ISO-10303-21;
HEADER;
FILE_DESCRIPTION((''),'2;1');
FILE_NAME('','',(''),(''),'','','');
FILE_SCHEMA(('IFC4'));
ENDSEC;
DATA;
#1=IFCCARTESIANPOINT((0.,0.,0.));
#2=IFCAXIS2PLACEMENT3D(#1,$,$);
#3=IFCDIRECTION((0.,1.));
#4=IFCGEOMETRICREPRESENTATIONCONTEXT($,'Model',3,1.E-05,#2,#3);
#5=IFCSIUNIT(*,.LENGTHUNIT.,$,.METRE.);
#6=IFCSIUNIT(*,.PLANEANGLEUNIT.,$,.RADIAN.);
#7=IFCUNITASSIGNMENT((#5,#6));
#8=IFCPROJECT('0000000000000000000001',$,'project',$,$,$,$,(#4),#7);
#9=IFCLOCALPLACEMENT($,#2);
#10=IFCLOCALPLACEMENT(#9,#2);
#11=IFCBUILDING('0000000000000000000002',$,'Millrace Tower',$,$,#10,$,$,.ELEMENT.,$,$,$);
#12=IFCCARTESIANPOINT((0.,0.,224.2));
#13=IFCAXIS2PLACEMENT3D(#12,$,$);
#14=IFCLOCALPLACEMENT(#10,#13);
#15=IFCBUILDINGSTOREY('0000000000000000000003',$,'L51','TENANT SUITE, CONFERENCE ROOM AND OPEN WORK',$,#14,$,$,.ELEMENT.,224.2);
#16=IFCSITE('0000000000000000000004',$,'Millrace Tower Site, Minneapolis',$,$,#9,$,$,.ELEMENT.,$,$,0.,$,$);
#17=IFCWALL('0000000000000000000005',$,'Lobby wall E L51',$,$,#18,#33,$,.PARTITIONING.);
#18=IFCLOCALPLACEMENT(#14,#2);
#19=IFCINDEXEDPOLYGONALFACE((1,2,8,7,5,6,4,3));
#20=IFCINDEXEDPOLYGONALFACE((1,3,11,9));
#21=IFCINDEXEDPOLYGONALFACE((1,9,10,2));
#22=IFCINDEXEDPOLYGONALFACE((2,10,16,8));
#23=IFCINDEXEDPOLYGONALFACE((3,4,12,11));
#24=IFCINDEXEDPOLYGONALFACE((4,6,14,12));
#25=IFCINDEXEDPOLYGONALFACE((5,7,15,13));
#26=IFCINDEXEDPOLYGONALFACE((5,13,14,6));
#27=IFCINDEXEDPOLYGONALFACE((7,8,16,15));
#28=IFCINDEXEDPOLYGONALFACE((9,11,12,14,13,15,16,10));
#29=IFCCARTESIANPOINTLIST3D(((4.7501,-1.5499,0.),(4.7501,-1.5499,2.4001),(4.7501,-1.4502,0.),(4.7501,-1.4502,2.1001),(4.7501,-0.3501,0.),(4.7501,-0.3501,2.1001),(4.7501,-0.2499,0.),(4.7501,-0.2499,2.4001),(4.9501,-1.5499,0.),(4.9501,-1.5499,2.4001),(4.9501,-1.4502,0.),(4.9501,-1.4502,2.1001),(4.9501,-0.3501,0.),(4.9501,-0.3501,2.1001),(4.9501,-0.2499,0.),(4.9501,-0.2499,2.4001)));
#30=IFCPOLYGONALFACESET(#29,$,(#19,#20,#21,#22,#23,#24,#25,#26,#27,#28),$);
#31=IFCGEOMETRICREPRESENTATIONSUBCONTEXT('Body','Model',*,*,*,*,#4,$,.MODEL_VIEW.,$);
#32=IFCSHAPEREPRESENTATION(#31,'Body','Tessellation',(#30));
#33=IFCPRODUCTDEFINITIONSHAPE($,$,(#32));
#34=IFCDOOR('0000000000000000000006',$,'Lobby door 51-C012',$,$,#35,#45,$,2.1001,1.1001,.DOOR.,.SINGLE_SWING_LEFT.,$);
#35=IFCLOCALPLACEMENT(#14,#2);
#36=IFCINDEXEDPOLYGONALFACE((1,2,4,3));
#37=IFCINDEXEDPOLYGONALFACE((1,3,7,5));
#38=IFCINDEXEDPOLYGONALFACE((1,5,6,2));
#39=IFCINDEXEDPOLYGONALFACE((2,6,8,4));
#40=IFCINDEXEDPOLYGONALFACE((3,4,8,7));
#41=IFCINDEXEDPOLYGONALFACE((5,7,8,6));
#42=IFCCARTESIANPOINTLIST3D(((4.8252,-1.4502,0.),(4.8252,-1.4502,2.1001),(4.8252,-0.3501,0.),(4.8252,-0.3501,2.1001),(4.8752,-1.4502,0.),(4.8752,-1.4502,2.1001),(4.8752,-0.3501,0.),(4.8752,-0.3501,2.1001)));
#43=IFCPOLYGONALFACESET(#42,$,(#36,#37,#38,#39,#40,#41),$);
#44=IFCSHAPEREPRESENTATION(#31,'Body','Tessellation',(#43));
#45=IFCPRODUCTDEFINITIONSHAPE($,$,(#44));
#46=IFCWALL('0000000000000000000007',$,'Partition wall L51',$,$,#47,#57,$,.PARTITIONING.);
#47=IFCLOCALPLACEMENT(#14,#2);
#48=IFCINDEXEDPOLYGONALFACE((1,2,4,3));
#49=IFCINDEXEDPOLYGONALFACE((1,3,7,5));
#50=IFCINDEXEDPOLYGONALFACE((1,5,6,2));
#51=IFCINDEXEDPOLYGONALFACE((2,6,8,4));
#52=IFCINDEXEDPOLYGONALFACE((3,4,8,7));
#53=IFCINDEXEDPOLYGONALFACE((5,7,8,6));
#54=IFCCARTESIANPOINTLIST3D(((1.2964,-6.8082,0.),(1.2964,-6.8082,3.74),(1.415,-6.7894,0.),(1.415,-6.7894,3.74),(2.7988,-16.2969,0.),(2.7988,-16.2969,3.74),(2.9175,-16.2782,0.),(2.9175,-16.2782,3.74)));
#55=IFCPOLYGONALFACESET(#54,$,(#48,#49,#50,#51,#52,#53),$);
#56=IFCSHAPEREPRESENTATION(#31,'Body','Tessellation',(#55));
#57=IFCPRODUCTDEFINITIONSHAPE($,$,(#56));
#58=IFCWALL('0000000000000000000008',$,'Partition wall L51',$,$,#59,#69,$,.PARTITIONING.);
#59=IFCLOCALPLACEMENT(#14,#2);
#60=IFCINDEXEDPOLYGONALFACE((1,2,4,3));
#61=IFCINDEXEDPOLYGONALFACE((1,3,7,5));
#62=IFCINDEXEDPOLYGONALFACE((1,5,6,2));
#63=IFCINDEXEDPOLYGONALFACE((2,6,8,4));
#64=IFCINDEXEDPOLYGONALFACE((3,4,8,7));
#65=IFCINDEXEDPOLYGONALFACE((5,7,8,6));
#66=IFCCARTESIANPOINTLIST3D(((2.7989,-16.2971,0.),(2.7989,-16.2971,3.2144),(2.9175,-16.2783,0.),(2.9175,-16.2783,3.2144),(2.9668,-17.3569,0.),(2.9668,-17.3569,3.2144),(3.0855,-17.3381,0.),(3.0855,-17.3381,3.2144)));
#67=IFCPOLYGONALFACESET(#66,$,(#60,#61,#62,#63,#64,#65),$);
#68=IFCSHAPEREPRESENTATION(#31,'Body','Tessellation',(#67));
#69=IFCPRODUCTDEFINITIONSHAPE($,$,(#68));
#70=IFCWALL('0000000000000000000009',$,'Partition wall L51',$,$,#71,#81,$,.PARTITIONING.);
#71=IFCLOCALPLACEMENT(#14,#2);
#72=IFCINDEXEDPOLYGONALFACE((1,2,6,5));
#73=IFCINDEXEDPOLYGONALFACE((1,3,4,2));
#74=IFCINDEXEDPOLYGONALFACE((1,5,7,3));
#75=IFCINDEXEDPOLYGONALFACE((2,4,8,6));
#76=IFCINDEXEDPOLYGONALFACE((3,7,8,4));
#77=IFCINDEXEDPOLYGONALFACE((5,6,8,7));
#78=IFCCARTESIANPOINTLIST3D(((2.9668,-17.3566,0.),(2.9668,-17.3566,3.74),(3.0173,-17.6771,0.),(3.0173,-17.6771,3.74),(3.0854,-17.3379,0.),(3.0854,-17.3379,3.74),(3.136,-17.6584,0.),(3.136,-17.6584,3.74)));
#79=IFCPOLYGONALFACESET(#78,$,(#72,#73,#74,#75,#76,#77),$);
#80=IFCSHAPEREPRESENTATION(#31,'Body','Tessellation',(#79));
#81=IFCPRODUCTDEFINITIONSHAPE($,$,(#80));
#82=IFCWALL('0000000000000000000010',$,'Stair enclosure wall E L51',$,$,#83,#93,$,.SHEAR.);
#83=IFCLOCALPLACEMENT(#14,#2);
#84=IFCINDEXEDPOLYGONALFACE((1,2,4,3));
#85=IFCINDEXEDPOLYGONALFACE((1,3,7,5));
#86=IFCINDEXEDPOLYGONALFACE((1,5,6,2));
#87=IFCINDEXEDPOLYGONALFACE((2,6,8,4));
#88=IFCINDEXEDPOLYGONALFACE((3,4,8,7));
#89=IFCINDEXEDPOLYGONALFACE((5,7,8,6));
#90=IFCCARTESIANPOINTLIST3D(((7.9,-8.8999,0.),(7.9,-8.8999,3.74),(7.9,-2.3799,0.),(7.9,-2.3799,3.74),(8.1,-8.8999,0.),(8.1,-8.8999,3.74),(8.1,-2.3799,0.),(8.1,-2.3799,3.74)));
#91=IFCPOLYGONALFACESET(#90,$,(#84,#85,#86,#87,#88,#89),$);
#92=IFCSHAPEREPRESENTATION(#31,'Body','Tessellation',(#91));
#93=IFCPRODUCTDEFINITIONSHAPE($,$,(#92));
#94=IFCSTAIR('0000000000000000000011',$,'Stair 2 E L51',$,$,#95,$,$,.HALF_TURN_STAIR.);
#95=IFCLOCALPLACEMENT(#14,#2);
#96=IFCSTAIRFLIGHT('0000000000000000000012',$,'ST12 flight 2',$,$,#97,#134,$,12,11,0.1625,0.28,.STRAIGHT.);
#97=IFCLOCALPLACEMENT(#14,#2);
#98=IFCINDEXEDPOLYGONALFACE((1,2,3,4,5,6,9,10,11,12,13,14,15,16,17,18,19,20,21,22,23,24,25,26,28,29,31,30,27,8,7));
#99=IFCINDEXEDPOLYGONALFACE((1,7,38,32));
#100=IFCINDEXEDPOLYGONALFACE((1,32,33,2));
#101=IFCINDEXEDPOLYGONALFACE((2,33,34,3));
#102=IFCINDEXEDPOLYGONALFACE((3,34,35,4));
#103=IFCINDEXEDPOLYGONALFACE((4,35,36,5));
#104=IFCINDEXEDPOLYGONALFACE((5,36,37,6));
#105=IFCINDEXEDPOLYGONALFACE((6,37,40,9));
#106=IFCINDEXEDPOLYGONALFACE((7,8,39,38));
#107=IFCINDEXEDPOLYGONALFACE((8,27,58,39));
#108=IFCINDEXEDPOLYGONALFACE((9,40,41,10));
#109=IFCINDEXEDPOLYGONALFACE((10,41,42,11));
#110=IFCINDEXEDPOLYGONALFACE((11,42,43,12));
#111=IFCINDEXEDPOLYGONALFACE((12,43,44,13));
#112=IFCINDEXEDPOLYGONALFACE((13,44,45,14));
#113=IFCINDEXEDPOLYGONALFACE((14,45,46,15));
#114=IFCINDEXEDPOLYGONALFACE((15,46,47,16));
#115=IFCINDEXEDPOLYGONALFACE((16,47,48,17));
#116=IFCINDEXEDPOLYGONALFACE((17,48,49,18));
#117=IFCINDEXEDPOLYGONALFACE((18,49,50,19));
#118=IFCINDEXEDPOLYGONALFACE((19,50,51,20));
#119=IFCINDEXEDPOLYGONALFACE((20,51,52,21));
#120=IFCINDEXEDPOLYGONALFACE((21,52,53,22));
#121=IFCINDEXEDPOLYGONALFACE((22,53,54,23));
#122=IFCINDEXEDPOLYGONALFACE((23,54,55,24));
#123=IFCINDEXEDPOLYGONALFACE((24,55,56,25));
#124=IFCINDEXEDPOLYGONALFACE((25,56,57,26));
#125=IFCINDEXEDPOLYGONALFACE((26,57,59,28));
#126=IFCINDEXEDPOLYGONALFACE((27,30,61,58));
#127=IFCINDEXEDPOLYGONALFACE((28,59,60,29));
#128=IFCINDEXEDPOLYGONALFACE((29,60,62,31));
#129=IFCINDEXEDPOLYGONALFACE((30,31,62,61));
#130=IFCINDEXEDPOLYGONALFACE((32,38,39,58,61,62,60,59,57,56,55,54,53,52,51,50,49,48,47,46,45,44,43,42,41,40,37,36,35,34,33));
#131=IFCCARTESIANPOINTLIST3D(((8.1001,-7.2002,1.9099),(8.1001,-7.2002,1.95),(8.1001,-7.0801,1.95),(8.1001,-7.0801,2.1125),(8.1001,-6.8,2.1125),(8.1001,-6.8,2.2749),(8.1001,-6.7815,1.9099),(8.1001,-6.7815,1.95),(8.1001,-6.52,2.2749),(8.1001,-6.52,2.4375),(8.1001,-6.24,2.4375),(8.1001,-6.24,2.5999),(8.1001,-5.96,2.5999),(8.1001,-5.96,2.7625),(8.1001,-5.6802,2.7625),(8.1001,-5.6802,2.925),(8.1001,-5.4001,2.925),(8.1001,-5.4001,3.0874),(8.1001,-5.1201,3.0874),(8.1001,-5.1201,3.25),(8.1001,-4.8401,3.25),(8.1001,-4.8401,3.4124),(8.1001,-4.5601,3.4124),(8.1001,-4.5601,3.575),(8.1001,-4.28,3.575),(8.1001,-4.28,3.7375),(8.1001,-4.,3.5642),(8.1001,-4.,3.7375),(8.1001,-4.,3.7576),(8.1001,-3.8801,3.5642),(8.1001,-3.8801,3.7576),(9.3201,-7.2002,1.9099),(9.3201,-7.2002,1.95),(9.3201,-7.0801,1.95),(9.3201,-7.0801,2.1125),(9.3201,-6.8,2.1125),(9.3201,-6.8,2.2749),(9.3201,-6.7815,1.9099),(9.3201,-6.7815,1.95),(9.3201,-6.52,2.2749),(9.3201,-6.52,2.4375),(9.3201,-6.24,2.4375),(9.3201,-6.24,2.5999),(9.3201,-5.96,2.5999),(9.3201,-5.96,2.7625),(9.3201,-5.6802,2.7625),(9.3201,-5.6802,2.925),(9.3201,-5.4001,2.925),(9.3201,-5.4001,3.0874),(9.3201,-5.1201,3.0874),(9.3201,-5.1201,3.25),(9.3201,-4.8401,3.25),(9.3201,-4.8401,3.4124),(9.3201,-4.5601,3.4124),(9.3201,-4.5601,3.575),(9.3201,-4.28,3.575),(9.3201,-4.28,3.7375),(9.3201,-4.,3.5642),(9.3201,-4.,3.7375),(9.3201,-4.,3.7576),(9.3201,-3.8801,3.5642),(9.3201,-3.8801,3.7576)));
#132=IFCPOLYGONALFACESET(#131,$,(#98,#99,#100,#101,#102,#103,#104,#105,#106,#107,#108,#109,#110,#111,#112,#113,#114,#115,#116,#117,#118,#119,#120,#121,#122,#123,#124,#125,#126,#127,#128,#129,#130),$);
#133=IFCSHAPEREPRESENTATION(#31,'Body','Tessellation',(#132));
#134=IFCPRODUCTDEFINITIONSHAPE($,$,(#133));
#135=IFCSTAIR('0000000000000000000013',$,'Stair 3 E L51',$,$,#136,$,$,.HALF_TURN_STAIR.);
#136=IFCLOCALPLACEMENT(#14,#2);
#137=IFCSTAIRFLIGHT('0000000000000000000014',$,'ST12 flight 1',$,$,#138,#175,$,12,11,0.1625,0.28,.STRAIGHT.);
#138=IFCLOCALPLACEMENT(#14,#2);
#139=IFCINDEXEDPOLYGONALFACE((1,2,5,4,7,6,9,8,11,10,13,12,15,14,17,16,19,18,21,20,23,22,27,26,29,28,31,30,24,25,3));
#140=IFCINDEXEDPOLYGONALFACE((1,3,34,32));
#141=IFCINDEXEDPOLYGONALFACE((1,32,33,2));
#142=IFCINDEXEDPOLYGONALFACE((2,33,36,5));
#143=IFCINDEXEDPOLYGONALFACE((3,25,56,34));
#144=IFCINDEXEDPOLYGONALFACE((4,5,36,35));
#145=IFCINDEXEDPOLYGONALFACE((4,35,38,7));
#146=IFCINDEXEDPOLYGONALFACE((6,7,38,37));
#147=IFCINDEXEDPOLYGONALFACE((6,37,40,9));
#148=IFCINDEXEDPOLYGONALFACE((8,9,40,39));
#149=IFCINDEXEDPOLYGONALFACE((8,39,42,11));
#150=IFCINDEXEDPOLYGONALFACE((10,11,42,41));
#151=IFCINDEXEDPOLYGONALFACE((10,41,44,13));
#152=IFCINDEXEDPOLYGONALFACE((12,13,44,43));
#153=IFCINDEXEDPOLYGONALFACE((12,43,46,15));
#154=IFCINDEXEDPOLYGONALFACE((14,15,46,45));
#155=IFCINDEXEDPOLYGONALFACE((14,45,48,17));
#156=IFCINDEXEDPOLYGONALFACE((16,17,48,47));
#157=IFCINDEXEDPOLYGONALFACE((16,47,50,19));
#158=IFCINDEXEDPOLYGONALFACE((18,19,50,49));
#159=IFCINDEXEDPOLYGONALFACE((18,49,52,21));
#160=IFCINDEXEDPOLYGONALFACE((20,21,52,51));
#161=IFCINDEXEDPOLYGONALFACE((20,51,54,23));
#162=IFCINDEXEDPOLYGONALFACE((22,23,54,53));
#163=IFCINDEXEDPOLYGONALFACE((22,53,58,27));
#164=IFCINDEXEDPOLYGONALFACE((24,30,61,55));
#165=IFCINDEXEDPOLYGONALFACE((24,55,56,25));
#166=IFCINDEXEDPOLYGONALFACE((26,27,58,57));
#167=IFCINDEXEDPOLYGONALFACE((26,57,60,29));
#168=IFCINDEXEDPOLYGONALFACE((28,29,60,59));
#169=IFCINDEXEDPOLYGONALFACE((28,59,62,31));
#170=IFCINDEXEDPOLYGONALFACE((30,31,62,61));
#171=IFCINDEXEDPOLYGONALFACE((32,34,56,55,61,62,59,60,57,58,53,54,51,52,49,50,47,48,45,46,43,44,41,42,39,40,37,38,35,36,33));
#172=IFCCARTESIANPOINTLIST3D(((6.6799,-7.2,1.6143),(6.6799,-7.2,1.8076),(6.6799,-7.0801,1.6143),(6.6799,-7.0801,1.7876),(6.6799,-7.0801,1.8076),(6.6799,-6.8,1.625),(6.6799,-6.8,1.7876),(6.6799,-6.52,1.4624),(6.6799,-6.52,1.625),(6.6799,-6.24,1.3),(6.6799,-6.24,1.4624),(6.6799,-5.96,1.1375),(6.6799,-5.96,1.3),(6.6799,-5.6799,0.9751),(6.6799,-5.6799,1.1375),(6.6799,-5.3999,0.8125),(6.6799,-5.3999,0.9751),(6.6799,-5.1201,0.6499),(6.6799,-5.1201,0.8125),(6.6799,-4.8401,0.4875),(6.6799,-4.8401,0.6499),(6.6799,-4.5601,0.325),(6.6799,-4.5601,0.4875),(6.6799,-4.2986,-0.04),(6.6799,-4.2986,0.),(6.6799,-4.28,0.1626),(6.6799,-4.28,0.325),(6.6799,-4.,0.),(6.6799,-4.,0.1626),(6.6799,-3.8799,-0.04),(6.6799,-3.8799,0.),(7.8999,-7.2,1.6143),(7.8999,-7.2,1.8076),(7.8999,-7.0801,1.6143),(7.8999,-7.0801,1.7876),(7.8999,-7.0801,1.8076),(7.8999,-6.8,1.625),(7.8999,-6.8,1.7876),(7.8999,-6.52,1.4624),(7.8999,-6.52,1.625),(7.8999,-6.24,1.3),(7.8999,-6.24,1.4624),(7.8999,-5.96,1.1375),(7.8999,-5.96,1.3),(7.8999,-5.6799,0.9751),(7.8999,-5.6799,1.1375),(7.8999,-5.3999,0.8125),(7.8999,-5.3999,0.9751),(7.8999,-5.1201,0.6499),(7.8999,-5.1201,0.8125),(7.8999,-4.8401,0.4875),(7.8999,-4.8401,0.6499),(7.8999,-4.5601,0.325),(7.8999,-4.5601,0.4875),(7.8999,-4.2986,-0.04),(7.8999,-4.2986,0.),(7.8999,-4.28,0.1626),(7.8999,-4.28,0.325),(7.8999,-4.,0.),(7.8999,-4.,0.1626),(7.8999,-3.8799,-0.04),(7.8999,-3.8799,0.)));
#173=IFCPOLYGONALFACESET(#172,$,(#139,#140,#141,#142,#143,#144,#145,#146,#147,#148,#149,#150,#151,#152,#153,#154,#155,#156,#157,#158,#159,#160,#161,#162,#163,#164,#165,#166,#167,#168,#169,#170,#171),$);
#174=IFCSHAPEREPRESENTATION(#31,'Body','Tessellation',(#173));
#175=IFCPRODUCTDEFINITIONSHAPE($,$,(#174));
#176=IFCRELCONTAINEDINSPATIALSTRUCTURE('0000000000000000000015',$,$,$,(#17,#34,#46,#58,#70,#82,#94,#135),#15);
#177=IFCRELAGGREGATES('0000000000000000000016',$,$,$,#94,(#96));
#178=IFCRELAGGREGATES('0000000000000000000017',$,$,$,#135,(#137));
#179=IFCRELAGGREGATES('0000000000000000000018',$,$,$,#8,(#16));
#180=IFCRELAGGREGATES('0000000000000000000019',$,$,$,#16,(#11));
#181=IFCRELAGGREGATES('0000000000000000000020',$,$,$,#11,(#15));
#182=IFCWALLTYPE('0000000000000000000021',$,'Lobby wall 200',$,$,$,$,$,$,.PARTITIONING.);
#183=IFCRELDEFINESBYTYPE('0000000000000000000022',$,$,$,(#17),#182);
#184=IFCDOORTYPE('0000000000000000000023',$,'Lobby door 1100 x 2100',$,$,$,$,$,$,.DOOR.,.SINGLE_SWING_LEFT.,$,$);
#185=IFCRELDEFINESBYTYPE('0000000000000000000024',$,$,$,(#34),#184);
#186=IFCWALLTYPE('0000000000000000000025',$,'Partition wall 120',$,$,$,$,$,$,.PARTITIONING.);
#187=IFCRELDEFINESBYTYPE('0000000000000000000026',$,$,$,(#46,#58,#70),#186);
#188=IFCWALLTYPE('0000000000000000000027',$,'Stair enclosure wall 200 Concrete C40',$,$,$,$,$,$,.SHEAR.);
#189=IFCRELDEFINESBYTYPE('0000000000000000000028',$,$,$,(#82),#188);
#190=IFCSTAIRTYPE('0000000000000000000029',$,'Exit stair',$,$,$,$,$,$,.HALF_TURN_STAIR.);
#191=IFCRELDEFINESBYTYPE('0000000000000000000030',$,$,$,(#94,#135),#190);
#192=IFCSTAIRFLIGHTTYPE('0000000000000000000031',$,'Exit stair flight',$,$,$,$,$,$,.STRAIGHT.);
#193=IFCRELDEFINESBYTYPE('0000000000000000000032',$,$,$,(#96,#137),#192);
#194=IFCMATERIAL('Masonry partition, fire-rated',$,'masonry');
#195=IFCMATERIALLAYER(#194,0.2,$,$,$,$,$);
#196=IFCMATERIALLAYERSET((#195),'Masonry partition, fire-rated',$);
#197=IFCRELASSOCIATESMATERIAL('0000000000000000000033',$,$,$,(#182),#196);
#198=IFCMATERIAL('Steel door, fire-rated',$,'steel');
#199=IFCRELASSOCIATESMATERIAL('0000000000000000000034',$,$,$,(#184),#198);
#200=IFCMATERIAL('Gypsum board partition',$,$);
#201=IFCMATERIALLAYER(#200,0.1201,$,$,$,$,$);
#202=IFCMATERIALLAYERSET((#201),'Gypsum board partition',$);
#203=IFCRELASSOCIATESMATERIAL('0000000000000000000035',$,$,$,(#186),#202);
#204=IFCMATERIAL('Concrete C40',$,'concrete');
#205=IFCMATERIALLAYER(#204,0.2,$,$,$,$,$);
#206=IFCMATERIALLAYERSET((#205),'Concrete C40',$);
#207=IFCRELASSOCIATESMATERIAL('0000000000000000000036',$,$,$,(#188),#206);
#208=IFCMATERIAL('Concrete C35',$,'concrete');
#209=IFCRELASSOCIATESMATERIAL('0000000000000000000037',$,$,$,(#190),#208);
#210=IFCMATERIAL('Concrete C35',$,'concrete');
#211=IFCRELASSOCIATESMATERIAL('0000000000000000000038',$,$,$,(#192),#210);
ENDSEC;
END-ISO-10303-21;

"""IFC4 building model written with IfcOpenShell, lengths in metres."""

from ifc_helpers import new_model, si_unit, direction, frame, frame_2d, origin, place, context, subcontext, project, spatial, polyline, rectangle, outline, extrude, material, layer, layer_set, type_object, element, fill, aggregate, save


model = new_model("IFC4")

# Units and contexts
model_context = context("Model", 3, precision=1e-05, world=origin(), true_north=direction((0.0, 1.0)))
body_context = subcontext(model_context, "Body", "Model", "MODEL_VIEW")
ifc_project = project(units=[si_unit("LENGTHUNIT", "METRE"), si_unit("PLANEANGLEUNIT", "RADIAN")], contexts=[model_context])

# Site, building, storey
site_placement = place(None, origin())
site = spatial("IfcSite", under=ifc_project, at=site_placement, Name="Millrace Tower Site, Minneapolis", CompositionType="ELEMENT", RefElevation=0.0)
building_placement = place(site_placement, origin())
building = spatial("IfcBuilding", under=site, at=building_placement, Name="Millrace Tower", CompositionType="ELEMENT")
storey_placement = place(building_placement, frame((0.0, 0.0, 224.2)))
storey = spatial("IfcBuildingStorey", under=building, at=storey_placement, Name="L51", Description="TENANT SUITE, CONFERENCE ROOM AND OPEN WORK", CompositionType="ELEMENT", Elevation=224.2)

# Shared definitions
placement = place(storey_placement, origin())

# Wall, opening, door
ifc_material_1 = material(Name="Masonry partition, fire-rated", Category="masonry")
ifc_layer_1 = layer(ifc_material_1, 0.2)
ifc_layer_set_1 = layer_set([ifc_layer_1], Name="Masonry partition, fire-rated")
wall_type_1 = type_object("IfcWallType", Name="Lobby wall 200", PredefinedType="PARTITIONING", material=ifc_layer_set_1)
wall_1_placement = place(storey_placement, frame((4.8501, -0.25, 0.0), z_axis=(0.0, 0.0, 1.0), x_axis=(0.0, -1.0, 0.0)))
wall_1 = element("IfcWall", 1, at=wall_1_placement, inside=storey, type_object=wall_type_1, Name="Lobby wall E L51", PredefinedType="PARTITIONING", context=body_context, shape_type="SweptSolid", body=[
    extrude(rectangle(XDim=1.3, YDim=0.2, at=frame_2d((0.6499, 0.0))), origin(), (0.0, 0.0, 1.0), 2.4001),
])
opening_placement = place(wall_1_placement, frame((0.1001, 0.0, 0.0)))
opening = element("IfcOpeningElement", 2, at=opening_placement, cuts=wall_1, PredefinedType="OPENING", context=body_context, shape_type="SweptSolid", body=[
    extrude(rectangle(XDim=1.1001, YDim=2.1001, at=frame_2d((0.55, 1.05))), frame((0.0, 0.1099, 0.0), z_axis=(0.0, -1.0, 0.0), x_axis=(1.0, 0.0, 0.0)), (0.0, 0.0, 1.0), 0.22),
])
ifc_material_2 = material(Name="Steel door, fire-rated", Category="steel")
door_type = type_object("IfcDoorType", Name="Lobby door 1100 x 2100", OperationType="SINGLE_SWING_LEFT", PredefinedType="DOOR", material=ifc_material_2)
door_placement = place(opening_placement, frame((1.1001, 0.0, 0.0), z_axis=(0.0, 0.0, 1.0), x_axis=(-1.0, 0.0, 0.0)))
door = element("IfcDoor", 3, at=door_placement, inside=storey, type_object=door_type, Name="Lobby door 51-C012", OperationType="SINGLE_SWING_LEFT", OverallHeight=2.1001, OverallWidth=1.1001, PredefinedType="DOOR", context=body_context, shape_type="SweptSolid", body=[
    extrude(rectangle(XDim=1.1001, YDim=2.1001, at=frame_2d((0.55, 1.05))), frame((0.0, 0.0249, 0.0), z_axis=(0.0, -1.0, 0.0), x_axis=(1.0, 0.0, 0.0)), (0.0, 0.0, 1.0), 0.05),
])
fill(opening, door)

# Walls
ifc_material_3 = material(Name="Gypsum board partition")
ifc_layer_2 = layer(ifc_material_3, 0.1201)
ifc_layer_set_2 = layer_set([ifc_layer_2], Name="Gypsum board partition")
wall_type_2 = type_object("IfcWallType", Name="Partition wall 120", PredefinedType="PARTITIONING", material=ifc_layer_set_2)
wall_2_placement = place(storey_placement, frame((1.3557, -6.7988, 0.0), z_axis=(0.0, 0.0, 1.0), x_axis=(0.156391, -0.987695, 0.0)))
element("IfcWall", 4, at=wall_2_placement, inside=storey, type_object=wall_type_2, Name="Partition wall L51", PredefinedType="PARTITIONING", context=body_context, shape_type="SweptSolid", body=[
    extrude(rectangle(XDim=9.6069, YDim=0.1201, at=frame_2d((4.8035, 0.0))), origin(), (0.0, 0.0, 1.0), 3.74),
])
wall_3_placement = place(storey_placement, frame((2.8582, -16.2876, 0.0), z_axis=(0.0, 0.0, 1.0), x_axis=(0.156535, -0.987672, 0.0)))
element("IfcWall", 5, at=wall_3_placement, inside=storey, type_object=wall_type_2, Name="Partition wall L51", PredefinedType="PARTITIONING", context=body_context, shape_type="SweptSolid", body=[
    extrude(rectangle(XDim=1.073, YDim=0.1201, at=frame_2d((0.5366, 0.0))), origin(), (0.0, 0.0, 1.0), 3.2144),
])
wall_4_placement = place(storey_placement, frame((3.0261, -17.3474, 0.0), z_axis=(0.0, 0.0, 1.0), x_axis=(0.155731, -0.9878, 0.0)))
element("IfcWall", 6, at=wall_4_placement, inside=storey, type_object=wall_type_2, Name="Partition wall L51", PredefinedType="PARTITIONING", context=body_context, shape_type="SweptSolid", body=[
    extrude(rectangle(XDim=0.3245, YDim=0.1201, at=frame_2d((0.1621, 0.0))), origin(), (0.0, 0.0, 1.0), 3.74),
])
ifc_material_4 = material(Name="Concrete C40", Category="concrete")
ifc_layer_3 = layer(ifc_material_4, 0.2)
ifc_layer_set_3 = layer_set([ifc_layer_3], Name="Concrete C40")
wall_type_3 = type_object("IfcWallType", Name="Stair enclosure wall 200 Concrete C40", PredefinedType="SHEAR", material=ifc_layer_set_3)
wall_5_placement = place(storey_placement, frame((8.0, -2.3799, 0.0), z_axis=(0.0, 0.0, 1.0), x_axis=(0.0, -1.0, 0.0)))
element("IfcWall", 7, at=wall_5_placement, inside=storey, type_object=wall_type_3, Name="Stair enclosure wall E L51", PredefinedType="SHEAR", context=body_context, shape_type="SweptSolid", body=[
    extrude(rectangle(XDim=6.52, YDim=0.2, at=frame_2d((3.26, 0.0))), origin(), (0.0, 0.0, 1.0), 3.74),
])

# Stair, stair flight
ifc_material_5 = material(Name="Concrete C35", Category="concrete")
stair_type = type_object("IfcStairType", Name="Exit stair", PredefinedType="HALF_TURN_STAIR", material=ifc_material_5)
stair_1 = element("IfcStair", 8, at=placement, inside=storey, type_object=stair_type, Name="Stair 2 E L51", PredefinedType="HALF_TURN_STAIR")
ifc_material_6 = material(Name="Concrete C35", Category="concrete")
stair_flight_type = type_object("IfcStairFlightType", Name="Exit stair flight", PredefinedType="STRAIGHT", material=ifc_material_6)
stair_flight_1_placement = place(storey_placement, frame((8.71, -7.0801, 1.95), z_axis=(0.0, 0.0, 1.0), x_axis=(0.0, 1.0, 0.0)))
stair_flight_1 = element("IfcStairFlight", 9, at=stair_flight_1_placement, type_object=stair_flight_type, Name="ST12 flight 2", NumberOfRisers=12, NumberOfTreads=11, PredefinedType="STRAIGHT", RiserHeight=0.1625, TreadLength=0.28, context=body_context, shape_type="SweptSolid", body=[
    extrude(outline(polyline([(-0.1201, -0.04), (-0.1201, 0.0), (0.0, 0.0), (0.0, 0.1626), (0.28, 0.1626), (0.28, 0.325), (0.5601, 0.325), (0.5601, 0.4875), (0.8401, 0.4875), (0.8401, 0.6499), (1.1201, 0.6499), (1.1201, 0.8125), (1.3999, 0.8125), (1.3999, 0.9751), (1.6799, 0.9751), (1.6799, 1.1375), (1.96, 1.1375), (1.96, 1.3), (2.24, 1.3), (2.24, 1.4624), (2.52, 1.4624), (2.52, 1.625), (2.8, 1.625), (2.8, 1.7876), (3.0801, 1.7876), (3.0801, 1.8076), (3.2, 1.8076), (3.2, 1.6143), (3.0801, 1.6143), (0.2986, 0.0), (0.2986, -0.04), (-0.1201, -0.04)])), frame((0.0, 0.6099, 0.0), z_axis=(0.0, -1.0, 0.0), x_axis=(1.0, 0.0, 0.0)), (0.0, 0.0, 1.0), 1.22),
])
aggregate(stair_1, [stair_flight_1])

# Stair, stair flight
stair_2 = element("IfcStair", 10, at=placement, inside=storey, type_object=stair_type, Name="Stair 3 E L51", PredefinedType="HALF_TURN_STAIR")
stair_flight_2_placement = place(storey_placement, frame((7.29, -4.0, 0.0), z_axis=(0.0, 0.0, 1.0), x_axis=(0.0, -1.0, 0.0)))
stair_flight_2 = element("IfcStairFlight", 11, at=stair_flight_2_placement, type_object=stair_flight_type, Name="ST12 flight 1", NumberOfRisers=12, NumberOfTreads=11, PredefinedType="STRAIGHT", RiserHeight=0.1625, TreadLength=0.28, context=body_context, shape_type="SweptSolid", body=[
    extrude(outline(polyline([(-0.1201, -0.04), (-0.1201, 0.0), (0.0, 0.0), (0.0, 0.1626), (0.28, 0.1626), (0.28, 0.325), (0.5601, 0.325), (0.5601, 0.4875), (0.8401, 0.4875), (0.8401, 0.6499), (1.1201, 0.6499), (1.1201, 0.8125), (1.3999, 0.8125), (1.3999, 0.9751), (1.6799, 0.9751), (1.6799, 1.1375), (1.96, 1.1375), (1.96, 1.3), (2.24, 1.3), (2.24, 1.4624), (2.52, 1.4624), (2.52, 1.625), (2.8, 1.625), (2.8, 1.7876), (3.0801, 1.7876), (3.0801, 1.8076), (3.2, 1.8076), (3.2, 1.6143), (3.0801, 1.6143), (0.2986, 0.0), (0.2986, -0.04), (-0.1201, -0.04)])), frame((0.0, 0.6099, 0.0), z_axis=(0.0, -1.0, 0.0), x_axis=(1.0, 0.0, 0.0)), (0.0, 0.0, 1.0), 1.22),
])
aggregate(stair_2, [stair_flight_2])

save(model, "model.ifc")
